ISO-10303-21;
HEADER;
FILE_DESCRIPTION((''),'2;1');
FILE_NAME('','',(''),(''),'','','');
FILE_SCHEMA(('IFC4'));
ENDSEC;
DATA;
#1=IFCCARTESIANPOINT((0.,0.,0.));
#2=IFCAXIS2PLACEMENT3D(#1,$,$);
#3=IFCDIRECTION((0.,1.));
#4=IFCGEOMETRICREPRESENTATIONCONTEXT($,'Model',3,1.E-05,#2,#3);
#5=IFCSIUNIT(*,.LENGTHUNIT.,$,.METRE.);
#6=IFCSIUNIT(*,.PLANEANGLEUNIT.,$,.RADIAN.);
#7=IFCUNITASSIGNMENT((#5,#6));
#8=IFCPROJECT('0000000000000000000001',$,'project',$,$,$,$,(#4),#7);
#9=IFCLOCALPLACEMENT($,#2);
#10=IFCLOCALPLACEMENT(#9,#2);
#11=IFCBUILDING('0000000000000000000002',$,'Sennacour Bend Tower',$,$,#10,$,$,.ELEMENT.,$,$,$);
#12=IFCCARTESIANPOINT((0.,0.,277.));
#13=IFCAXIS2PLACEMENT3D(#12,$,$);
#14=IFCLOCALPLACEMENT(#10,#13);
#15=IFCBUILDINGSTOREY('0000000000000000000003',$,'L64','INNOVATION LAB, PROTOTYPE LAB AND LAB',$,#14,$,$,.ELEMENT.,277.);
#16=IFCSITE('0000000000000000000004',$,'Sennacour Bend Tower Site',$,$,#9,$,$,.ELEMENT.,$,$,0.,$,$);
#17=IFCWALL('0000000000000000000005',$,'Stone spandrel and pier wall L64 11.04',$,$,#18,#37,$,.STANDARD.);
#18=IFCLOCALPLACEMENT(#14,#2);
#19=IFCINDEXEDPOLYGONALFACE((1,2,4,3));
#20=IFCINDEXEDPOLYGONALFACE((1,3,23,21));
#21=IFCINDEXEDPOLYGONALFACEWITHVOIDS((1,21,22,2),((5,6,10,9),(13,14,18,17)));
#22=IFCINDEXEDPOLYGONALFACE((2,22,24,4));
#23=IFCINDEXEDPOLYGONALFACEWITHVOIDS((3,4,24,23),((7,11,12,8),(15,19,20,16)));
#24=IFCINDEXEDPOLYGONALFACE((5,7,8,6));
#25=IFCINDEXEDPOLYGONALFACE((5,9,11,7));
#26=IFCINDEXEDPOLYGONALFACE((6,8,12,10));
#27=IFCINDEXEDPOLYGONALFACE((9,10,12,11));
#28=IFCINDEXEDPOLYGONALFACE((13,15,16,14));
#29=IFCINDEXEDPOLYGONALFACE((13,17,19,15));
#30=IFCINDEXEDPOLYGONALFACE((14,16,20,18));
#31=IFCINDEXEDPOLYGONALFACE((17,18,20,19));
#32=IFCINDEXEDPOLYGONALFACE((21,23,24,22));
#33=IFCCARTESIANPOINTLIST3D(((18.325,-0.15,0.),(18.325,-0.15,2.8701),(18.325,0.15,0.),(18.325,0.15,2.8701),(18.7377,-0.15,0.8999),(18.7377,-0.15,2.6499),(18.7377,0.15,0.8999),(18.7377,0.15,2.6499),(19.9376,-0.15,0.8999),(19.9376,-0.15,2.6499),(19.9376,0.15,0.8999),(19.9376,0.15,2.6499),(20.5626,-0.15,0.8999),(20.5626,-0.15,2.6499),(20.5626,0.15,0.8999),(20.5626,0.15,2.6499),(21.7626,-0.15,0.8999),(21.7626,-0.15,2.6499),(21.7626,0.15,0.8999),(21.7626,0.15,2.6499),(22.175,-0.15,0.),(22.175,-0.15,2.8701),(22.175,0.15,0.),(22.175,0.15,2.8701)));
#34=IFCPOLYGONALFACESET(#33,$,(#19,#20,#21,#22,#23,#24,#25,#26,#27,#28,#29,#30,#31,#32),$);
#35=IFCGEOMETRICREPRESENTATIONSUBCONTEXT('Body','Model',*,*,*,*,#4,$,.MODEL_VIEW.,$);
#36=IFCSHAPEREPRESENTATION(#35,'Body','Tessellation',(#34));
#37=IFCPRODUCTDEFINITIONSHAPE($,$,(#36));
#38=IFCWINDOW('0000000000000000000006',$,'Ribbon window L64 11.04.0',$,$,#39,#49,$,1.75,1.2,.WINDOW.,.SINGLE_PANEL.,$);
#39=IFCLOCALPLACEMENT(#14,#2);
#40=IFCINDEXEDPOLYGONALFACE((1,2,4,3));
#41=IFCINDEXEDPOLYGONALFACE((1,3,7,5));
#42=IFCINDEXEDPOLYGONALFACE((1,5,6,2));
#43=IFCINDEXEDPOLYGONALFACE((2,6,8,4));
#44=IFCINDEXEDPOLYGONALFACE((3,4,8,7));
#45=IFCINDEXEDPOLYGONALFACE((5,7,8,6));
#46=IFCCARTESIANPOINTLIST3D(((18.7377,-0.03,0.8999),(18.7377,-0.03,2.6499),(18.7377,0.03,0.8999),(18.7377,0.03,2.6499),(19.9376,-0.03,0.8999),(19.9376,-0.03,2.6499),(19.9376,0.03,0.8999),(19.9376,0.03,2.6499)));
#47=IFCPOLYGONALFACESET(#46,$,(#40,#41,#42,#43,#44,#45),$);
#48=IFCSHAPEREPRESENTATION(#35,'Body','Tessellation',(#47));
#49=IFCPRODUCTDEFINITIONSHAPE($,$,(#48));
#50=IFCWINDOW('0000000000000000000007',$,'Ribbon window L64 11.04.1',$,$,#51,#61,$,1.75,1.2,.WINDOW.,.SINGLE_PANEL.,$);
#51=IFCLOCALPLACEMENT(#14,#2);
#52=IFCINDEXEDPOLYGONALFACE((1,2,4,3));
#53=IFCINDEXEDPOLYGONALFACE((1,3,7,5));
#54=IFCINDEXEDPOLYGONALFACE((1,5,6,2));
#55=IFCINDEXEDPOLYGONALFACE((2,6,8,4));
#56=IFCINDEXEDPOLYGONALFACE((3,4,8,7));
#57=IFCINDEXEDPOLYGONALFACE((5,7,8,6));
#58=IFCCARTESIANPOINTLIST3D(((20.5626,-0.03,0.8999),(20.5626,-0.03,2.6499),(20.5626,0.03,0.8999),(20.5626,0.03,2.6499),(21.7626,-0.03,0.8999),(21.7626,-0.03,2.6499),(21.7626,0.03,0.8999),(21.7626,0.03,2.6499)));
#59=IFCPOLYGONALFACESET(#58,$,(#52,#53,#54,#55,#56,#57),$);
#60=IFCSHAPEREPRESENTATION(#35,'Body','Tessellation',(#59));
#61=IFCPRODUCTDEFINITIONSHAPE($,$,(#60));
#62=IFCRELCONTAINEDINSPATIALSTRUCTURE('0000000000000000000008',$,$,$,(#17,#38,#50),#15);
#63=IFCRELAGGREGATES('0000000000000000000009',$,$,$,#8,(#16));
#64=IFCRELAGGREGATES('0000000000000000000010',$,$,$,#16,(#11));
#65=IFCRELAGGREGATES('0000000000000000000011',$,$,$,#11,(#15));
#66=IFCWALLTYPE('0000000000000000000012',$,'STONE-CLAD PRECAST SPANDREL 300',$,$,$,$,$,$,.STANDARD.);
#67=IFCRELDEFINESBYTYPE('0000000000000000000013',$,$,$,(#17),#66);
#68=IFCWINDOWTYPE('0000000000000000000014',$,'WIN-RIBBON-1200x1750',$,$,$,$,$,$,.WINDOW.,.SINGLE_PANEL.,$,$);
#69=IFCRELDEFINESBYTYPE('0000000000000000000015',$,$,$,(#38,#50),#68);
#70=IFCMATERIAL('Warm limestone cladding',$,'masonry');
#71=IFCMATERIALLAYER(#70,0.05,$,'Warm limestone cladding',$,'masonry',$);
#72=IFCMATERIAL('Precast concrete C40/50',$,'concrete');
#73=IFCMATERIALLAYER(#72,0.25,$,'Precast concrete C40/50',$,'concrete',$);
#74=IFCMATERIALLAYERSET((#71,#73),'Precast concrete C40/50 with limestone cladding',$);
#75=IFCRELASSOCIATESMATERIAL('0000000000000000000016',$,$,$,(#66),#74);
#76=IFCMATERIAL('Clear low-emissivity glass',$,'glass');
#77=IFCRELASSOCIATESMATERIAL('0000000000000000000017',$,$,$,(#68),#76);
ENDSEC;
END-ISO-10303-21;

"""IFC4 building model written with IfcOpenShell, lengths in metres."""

from ifc_helpers import new_model, si_unit, direction, frame, frame_2d, origin, place, context, subcontext, project, spatial, rectangle, extrude, material, layer, layer_set, type_object, element, fill, save


model = new_model("IFC4")

# Units and contexts
model_context = context("Model", 3, precision=1e-05, world=origin(), true_north=direction((0.0, 1.0)))
body_context = subcontext(model_context, "Body", "Model", "MODEL_VIEW")
ifc_project = project(units=[si_unit("LENGTHUNIT", "METRE"), si_unit("PLANEANGLEUNIT", "RADIAN")], contexts=[model_context])

# Site, building, storey
site_placement = place(None, origin())
site = spatial("IfcSite", under=ifc_project, at=site_placement, Name="Sennacour Bend Tower Site", CompositionType="ELEMENT", RefElevation=0.0)
building_placement = place(site_placement, origin())
building = spatial("IfcBuilding", under=site, at=building_placement, Name="Sennacour Bend Tower", CompositionType="ELEMENT")
storey_placement = place(building_placement, frame((0.0, 0.0, 277.0)))
storey = spatial("IfcBuildingStorey", under=building, at=storey_placement, Name="L64", Description="INNOVATION LAB, PROTOTYPE LAB AND LAB", CompositionType="ELEMENT", Elevation=277.0)

# Wall, openings, windows
ifc_material_1 = material(Name="Warm limestone cladding", Category="masonry")
ifc_layer_1 = layer(ifc_material_1, 0.05, Name="Warm limestone cladding", Category="masonry")
ifc_material_2 = material(Name="Precast concrete C40/50", Category="concrete")
ifc_layer_2 = layer(ifc_material_2, 0.25, Name="Precast concrete C40/50", Category="concrete")
ifc_layer_set_1 = layer_set([ifc_layer_1, ifc_layer_2], Name="Precast concrete C40/50 with limestone cladding")
wall_type_1 = type_object("IfcWallType", Name="STONE-CLAD PRECAST SPANDREL 300", PredefinedType="STANDARD", material=ifc_layer_set_1)
ifc_material_3 = material(Name="Clear low-emissivity glass", Category="glass")
window_type = type_object("IfcWindowType", Name="WIN-RIBBON-1200x1750", PartitioningType="SINGLE_PANEL", PredefinedType="WINDOW", material=ifc_material_3)
wall_1_placement = place(storey_placement, frame((18.325, 0.0, 0.0), z_axis=(0.0, 0.0, 1.0), x_axis=(1.0, 0.0, 0.0)))
wall_1 = element("IfcWall", 1, at=wall_1_placement, inside=storey, type_object=wall_type_1, Name="Stone spandrel and pier wall L64 11.04", PredefinedType="STANDARD", context=body_context, shape_type="SweptSolid", body=[
    extrude(rectangle(XDim=3.8501, YDim=0.3, at=frame_2d((1.925, 0.0))), origin(), (0.0, 0.0, 1.0), 2.8701),
])
opening_1_placement = place(wall_1_placement, frame((0.4126, 0.0, 0.8999)))
opening_1 = element("IfcOpeningElement", 2, at=opening_1_placement, cuts=wall_1, PredefinedType="OPENING", context=body_context, shape_type="SweptSolid", body=[
    extrude(rectangle(XDim=1.2, YDim=1.75, at=frame_2d((0.6001, 0.875))), frame((0.0, 0.1602, 0.0), z_axis=(0.0, -1.0, 0.0), x_axis=(1.0, 0.0, 0.0)), (0.0, 0.0, 1.0), 0.3201),
])
opening_2_placement = place(wall_1_placement, frame((2.2375, 0.0, 0.8999)))
opening_2 = element("IfcOpeningElement", 3, at=opening_2_placement, cuts=wall_1, PredefinedType="OPENING", context=body_context, shape_type="SweptSolid", body=[
    extrude(rectangle(XDim=1.2, YDim=1.75, at=frame_2d((0.6001, 0.875))), frame((0.0, 0.1602, 0.0), z_axis=(0.0, -1.0, 0.0), x_axis=(1.0, 0.0, 0.0)), (0.0, 0.0, 1.0), 0.3201),
])
window_1_placement = place(opening_1_placement, origin())
window_1 = element("IfcWindow", 4, at=window_1_placement, inside=storey, type_object=window_type, Name="Ribbon window L64 11.04.0", OverallHeight=1.75, OverallWidth=1.2, PartitioningType="SINGLE_PANEL", PredefinedType="WINDOW", context=body_context, shape_type="SweptSolid", body=[
    extrude(rectangle(XDim=1.2, YDim=1.75, at=frame_2d((0.6001, 0.875))), frame((0.0, 0.03, 0.0), z_axis=(0.0, -1.0, 0.0), x_axis=(1.0, 0.0, 0.0)), (0.0, 0.0, 1.0), 0.0601),
])
fill(opening_1, window_1)
window_2_placement = place(opening_2_placement, origin())
window_2 = element("IfcWindow", 5, at=window_2_placement, inside=storey, type_object=window_type, Name="Ribbon window L64 11.04.1", OverallHeight=1.75, OverallWidth=1.2, PartitioningType="SINGLE_PANEL", PredefinedType="WINDOW", context=body_context, shape_type="SweptSolid", body=[
    extrude(rectangle(XDim=1.2, YDim=1.75, at=frame_2d((0.6001, 0.875))), frame((0.0, 0.03, 0.0), z_axis=(0.0, -1.0, 0.0), x_axis=(1.0, 0.0, 0.0)), (0.0, 0.0, 1.0), 0.0601),
])
fill(opening_2, window_2)

save(model, "model.ifc")
